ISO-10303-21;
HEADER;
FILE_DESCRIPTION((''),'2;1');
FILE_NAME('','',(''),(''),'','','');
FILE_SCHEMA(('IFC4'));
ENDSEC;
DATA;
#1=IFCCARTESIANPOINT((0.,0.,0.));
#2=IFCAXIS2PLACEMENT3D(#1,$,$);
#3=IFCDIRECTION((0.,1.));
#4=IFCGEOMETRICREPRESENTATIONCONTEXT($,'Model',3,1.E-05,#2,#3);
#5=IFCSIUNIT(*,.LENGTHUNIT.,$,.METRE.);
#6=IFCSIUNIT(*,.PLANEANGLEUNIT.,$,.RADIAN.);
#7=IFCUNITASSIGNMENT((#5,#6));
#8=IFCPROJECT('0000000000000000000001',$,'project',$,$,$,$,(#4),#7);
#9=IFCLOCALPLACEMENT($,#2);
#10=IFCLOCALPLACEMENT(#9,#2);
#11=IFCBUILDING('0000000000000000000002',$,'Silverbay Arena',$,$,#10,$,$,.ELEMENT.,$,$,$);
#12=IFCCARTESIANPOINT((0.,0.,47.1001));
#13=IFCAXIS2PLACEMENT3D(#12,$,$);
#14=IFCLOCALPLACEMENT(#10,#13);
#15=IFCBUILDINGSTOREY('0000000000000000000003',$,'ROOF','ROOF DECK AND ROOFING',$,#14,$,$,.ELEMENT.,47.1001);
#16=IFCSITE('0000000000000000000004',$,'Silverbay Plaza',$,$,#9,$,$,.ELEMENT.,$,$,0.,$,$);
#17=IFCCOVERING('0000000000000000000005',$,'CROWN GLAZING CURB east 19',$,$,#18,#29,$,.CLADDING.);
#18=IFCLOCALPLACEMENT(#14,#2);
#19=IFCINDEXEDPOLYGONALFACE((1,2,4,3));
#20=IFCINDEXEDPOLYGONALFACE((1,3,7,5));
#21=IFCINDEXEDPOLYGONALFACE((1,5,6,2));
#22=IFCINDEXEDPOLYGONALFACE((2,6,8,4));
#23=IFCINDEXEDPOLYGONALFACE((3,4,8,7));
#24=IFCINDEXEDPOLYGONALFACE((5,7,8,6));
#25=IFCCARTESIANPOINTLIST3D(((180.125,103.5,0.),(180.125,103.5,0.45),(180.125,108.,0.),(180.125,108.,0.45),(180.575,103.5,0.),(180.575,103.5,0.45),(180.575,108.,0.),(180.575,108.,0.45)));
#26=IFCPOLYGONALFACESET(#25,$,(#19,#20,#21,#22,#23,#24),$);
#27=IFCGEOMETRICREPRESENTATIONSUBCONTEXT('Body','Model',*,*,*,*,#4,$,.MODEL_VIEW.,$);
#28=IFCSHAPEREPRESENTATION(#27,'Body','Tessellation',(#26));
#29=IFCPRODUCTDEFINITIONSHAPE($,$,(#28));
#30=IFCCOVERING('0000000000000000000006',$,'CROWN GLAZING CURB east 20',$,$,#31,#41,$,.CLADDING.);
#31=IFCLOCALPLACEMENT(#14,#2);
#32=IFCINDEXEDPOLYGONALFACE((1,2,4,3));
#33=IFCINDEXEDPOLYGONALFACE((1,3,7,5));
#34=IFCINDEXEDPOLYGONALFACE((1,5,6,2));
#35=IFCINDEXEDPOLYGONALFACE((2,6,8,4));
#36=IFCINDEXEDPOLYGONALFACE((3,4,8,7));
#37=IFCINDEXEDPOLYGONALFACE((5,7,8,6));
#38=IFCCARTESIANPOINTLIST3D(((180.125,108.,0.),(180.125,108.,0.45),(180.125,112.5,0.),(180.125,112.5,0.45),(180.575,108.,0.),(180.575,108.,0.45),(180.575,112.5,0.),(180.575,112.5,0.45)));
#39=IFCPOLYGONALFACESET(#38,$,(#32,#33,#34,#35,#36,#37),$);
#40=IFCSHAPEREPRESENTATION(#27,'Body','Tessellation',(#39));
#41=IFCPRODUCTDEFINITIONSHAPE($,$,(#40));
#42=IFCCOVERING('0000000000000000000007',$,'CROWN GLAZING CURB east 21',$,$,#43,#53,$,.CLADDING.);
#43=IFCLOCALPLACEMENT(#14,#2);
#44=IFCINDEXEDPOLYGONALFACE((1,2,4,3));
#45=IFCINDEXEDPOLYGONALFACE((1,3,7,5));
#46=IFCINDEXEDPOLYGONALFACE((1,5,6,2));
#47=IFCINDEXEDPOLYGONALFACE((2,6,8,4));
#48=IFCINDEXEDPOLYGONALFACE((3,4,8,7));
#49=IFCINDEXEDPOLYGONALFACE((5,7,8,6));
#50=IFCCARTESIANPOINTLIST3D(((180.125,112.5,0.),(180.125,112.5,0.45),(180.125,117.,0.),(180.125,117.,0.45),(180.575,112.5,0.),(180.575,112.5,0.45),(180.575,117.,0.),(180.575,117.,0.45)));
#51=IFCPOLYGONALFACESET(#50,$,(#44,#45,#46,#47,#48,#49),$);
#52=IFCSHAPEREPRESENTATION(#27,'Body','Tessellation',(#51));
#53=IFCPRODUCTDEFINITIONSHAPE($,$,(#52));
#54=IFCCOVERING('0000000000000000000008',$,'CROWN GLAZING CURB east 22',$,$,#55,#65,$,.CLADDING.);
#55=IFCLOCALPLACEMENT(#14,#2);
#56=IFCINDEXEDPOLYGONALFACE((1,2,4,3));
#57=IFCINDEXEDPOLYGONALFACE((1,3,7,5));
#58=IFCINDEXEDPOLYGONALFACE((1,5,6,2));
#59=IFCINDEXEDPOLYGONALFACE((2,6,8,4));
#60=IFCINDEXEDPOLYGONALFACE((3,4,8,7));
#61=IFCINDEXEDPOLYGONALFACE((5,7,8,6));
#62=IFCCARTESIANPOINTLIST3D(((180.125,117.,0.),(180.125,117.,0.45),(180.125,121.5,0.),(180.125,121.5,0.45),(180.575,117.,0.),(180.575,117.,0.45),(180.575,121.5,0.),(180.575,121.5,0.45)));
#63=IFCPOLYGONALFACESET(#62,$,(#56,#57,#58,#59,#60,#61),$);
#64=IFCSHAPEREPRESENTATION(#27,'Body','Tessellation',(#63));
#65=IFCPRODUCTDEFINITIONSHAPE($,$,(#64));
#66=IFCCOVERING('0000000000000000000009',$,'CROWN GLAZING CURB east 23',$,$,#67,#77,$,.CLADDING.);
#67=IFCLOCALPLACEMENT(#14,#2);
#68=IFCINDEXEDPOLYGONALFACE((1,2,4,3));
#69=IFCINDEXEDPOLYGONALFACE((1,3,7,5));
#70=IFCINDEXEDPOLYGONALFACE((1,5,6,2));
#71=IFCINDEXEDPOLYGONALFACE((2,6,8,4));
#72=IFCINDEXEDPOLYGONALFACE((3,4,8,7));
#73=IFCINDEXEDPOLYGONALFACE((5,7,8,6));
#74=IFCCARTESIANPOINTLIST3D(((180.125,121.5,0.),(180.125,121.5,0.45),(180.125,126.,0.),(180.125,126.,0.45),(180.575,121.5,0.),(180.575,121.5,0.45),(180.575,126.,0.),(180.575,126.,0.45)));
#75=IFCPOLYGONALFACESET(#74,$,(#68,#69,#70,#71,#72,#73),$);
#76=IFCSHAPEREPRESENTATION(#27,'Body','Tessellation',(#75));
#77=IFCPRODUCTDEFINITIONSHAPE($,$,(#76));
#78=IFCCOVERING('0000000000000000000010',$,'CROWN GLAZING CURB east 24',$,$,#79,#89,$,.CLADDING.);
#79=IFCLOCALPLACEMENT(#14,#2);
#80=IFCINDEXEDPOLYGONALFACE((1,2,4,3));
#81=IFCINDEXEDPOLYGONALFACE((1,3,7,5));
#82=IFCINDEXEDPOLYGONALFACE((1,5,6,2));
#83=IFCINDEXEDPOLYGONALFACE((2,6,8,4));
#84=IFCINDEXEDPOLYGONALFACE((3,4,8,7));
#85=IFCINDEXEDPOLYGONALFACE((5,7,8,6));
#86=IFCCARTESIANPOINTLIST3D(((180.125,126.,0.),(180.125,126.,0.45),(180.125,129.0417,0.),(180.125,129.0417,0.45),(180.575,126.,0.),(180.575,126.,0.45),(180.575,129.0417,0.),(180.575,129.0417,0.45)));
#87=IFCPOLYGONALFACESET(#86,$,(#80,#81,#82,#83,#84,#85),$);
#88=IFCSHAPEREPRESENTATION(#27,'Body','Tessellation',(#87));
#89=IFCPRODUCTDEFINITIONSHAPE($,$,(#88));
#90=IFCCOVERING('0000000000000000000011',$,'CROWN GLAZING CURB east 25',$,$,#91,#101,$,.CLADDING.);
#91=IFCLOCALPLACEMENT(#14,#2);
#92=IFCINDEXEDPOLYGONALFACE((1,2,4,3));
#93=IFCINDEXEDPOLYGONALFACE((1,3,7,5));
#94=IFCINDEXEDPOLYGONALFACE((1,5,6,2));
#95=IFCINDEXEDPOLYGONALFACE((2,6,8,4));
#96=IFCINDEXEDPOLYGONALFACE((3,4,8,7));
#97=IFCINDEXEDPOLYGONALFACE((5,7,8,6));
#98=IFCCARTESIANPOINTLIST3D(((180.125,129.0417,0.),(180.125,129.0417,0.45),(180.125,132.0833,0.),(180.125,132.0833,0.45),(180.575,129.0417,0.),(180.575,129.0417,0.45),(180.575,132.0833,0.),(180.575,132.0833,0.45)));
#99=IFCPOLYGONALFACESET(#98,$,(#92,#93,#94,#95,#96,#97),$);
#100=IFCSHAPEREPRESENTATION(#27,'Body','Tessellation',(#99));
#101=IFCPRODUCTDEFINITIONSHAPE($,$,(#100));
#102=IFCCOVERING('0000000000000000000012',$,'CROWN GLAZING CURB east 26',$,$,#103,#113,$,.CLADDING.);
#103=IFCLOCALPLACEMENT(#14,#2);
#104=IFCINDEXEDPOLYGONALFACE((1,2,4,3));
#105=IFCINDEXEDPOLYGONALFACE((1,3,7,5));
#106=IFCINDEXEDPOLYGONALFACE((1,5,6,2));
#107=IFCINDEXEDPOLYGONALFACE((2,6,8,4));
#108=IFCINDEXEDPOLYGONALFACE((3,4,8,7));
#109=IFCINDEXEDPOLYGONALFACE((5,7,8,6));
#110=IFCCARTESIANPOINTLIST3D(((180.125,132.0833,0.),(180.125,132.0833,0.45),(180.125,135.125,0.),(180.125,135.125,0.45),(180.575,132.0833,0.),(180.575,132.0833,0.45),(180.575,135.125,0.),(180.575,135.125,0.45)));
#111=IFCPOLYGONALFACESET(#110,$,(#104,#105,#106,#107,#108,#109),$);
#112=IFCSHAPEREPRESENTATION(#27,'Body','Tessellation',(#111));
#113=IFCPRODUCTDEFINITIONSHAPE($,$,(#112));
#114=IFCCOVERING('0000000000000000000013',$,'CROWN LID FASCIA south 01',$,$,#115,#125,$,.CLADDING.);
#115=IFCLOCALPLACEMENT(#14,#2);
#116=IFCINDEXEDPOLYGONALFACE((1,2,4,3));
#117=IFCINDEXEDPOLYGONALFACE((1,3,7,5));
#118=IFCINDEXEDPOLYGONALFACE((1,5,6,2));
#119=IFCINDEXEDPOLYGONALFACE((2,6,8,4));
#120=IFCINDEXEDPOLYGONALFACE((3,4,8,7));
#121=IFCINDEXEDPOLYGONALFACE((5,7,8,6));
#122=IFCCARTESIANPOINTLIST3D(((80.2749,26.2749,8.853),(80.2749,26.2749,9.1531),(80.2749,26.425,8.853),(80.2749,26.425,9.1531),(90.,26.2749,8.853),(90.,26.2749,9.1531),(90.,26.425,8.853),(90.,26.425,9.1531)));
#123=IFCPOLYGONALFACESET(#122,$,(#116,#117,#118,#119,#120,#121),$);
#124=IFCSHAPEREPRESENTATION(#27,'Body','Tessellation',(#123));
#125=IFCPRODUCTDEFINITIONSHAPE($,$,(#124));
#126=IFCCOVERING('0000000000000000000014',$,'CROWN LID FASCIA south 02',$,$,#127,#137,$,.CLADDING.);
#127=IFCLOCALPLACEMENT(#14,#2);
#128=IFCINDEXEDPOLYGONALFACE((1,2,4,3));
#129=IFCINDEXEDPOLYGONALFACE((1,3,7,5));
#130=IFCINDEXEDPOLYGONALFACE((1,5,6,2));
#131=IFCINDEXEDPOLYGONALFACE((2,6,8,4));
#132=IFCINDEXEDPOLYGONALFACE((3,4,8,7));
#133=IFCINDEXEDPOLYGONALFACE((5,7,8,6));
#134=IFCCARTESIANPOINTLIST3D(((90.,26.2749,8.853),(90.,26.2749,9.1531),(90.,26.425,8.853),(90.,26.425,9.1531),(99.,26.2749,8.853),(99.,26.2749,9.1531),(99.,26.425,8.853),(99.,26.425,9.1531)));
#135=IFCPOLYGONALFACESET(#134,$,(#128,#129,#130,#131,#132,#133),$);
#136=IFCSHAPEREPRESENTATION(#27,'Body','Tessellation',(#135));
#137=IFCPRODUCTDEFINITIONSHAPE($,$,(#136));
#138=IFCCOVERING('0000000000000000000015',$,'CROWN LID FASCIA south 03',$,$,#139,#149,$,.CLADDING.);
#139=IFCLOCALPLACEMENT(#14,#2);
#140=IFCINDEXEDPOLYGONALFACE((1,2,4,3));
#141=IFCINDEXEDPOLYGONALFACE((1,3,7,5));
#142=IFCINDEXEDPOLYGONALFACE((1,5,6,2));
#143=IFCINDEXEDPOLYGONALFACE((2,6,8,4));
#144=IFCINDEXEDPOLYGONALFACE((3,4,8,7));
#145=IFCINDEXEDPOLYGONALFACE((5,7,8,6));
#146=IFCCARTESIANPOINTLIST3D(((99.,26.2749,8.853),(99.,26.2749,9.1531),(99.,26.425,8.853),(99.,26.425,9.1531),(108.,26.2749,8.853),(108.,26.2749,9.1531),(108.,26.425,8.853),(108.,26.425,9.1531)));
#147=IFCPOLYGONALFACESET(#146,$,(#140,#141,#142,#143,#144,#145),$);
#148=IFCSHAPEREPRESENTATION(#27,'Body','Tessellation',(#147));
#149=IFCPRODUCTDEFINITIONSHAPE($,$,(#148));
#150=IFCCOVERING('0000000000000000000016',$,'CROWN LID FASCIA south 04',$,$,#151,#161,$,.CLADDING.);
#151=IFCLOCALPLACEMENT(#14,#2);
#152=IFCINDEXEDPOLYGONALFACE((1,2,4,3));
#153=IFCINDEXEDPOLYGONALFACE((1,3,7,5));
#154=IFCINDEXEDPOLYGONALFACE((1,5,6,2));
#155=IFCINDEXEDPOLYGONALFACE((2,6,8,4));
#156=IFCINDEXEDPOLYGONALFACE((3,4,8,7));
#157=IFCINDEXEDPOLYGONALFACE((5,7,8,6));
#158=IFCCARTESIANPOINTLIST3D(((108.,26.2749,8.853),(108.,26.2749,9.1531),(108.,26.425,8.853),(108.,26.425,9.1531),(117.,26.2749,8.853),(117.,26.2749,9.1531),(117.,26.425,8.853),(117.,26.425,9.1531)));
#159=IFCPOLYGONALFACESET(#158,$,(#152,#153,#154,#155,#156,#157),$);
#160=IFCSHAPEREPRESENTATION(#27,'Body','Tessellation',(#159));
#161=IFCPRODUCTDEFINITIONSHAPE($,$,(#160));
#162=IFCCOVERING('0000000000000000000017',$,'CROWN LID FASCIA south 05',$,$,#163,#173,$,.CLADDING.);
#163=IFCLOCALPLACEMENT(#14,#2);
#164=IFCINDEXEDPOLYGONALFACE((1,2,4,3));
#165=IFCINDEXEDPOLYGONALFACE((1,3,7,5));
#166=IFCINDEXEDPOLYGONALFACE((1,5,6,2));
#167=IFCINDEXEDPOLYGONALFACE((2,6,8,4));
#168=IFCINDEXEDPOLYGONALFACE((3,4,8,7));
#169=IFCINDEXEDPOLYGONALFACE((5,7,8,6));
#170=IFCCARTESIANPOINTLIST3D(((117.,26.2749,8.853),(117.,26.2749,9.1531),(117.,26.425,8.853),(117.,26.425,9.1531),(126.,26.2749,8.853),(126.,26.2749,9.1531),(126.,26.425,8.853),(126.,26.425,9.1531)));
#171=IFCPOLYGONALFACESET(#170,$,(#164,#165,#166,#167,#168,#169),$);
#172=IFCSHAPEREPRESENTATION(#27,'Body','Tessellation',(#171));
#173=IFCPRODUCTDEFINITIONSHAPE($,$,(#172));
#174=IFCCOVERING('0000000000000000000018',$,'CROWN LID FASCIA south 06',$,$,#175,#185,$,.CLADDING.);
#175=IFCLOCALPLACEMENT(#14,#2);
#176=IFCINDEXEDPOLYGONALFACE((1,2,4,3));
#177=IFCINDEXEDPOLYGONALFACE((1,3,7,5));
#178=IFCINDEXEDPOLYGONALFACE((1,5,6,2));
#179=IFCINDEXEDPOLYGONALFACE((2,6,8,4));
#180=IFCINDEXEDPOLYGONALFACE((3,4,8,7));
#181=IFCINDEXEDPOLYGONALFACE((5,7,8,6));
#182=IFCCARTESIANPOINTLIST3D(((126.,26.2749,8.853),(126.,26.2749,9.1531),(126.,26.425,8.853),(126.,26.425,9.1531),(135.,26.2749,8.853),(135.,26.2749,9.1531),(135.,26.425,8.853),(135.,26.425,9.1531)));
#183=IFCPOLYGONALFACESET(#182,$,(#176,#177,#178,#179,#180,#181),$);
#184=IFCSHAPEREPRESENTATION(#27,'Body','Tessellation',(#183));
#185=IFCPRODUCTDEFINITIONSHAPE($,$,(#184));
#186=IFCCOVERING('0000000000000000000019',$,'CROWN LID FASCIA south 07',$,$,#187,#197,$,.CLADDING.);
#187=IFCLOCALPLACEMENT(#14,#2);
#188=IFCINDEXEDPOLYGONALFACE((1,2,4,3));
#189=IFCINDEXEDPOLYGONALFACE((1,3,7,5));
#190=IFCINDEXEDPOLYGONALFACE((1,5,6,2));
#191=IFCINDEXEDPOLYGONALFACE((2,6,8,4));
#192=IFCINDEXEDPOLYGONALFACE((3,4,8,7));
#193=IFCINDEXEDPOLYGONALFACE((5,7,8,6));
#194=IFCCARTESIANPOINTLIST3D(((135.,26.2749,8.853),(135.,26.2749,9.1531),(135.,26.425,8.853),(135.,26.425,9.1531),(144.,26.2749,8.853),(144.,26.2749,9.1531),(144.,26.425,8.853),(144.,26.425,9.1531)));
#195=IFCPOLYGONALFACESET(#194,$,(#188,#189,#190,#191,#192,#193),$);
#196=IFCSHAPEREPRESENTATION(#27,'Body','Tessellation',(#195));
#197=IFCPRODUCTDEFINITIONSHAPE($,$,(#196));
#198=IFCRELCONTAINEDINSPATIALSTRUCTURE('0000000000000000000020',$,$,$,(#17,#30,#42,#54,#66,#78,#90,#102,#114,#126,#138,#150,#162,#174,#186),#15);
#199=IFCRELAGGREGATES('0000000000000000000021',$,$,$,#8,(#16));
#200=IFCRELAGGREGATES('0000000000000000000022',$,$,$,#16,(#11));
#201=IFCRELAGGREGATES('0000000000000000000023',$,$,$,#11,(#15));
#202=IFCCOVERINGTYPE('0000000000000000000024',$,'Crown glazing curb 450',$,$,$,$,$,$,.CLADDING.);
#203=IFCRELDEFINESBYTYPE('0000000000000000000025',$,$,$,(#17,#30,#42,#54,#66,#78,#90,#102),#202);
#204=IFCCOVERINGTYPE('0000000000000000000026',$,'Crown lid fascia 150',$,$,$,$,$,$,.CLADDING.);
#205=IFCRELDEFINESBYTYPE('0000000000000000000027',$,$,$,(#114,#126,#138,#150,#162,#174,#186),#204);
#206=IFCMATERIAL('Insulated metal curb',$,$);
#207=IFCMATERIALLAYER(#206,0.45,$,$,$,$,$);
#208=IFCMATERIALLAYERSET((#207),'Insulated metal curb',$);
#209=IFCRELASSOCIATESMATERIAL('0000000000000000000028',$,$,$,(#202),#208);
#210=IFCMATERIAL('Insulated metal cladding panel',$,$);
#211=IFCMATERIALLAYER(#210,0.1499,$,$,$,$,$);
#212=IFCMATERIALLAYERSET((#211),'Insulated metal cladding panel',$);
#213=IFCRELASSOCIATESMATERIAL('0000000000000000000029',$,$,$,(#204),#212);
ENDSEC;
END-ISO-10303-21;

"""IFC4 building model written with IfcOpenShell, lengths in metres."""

from ifc_helpers import new_model, si_unit, direction, frame, origin, place, context, subcontext, project, spatial, polyline, outline, extrude, material, layer, layer_set, type_object, element, save


model = new_model("IFC4")

# Units and contexts
model_context = context("Model", 3, precision=1e-05, world=origin(), true_north=direction((0.0, 1.0)))
body_context = subcontext(model_context, "Body", "Model", "MODEL_VIEW")
ifc_project = project(units=[si_unit("LENGTHUNIT", "METRE"), si_unit("PLANEANGLEUNIT", "RADIAN")], contexts=[model_context])

# Site, building, storey
site_placement = place(None, origin())
site = spatial("IfcSite", under=ifc_project, at=site_placement, Name="Silverbay Plaza", CompositionType="ELEMENT", RefElevation=0.0)
building_placement = place(site_placement, origin())
building = spatial("IfcBuilding", under=site, at=building_placement, Name="Silverbay Arena", CompositionType="ELEMENT")
storey_placement = place(building_placement, frame((0.0, 0.0, 47.1001)))
storey = spatial("IfcBuildingStorey", under=building, at=storey_placement, Name="ROOF", Description="ROOF DECK AND ROOFING", CompositionType="ELEMENT", Elevation=47.1001)

# Coverings
ifc_material_1 = material(Name="Insulated metal curb")
ifc_layer_1 = layer(ifc_material_1, 0.45)
ifc_layer_set_1 = layer_set([ifc_layer_1], Name="Insulated metal curb")
covering_type_1 = type_object("IfcCoveringType", Name="Crown glazing curb 450", PredefinedType="CLADDING", material=ifc_layer_set_1)
covering_1_placement = place(storey_placement, origin())
element("IfcCovering", 1, at=covering_1_placement, inside=storey, type_object=covering_type_1, Name="CROWN GLAZING CURB east 19", PredefinedType="CLADDING", context=body_context, shape_type="SweptSolid", body=[
    extrude(outline(polyline([(180.125, 103.5), (180.575, 103.5), (180.575, 108.0), (180.125, 108.0), (180.125, 103.5)])), origin(), (0.0, 0.0, 1.0), 0.45),
])
covering_2_placement = place(storey_placement, origin())
element("IfcCovering", 2, at=covering_2_placement, inside=storey, type_object=covering_type_1, Name="CROWN GLAZING CURB east 20", PredefinedType="CLADDING", context=body_context, shape_type="SweptSolid", body=[
    extrude(outline(polyline([(180.125, 108.0), (180.575, 108.0), (180.575, 112.5), (180.125, 112.5), (180.125, 108.0)])), origin(), (0.0, 0.0, 1.0), 0.45),
])
covering_3_placement = place(storey_placement, origin())
element("IfcCovering", 3, at=covering_3_placement, inside=storey, type_object=covering_type_1, Name="CROWN GLAZING CURB east 21", PredefinedType="CLADDING", context=body_context, shape_type="SweptSolid", body=[
    extrude(outline(polyline([(180.125, 112.5), (180.575, 112.5), (180.575, 117.0), (180.125, 117.0), (180.125, 112.5)])), origin(), (0.0, 0.0, 1.0), 0.45),
])
covering_4_placement = place(storey_placement, origin())
element("IfcCovering", 4, at=covering_4_placement, inside=storey, type_object=covering_type_1, Name="CROWN GLAZING CURB east 22", PredefinedType="CLADDING", context=body_context, shape_type="SweptSolid", body=[
    extrude(outline(polyline([(180.125, 117.0), (180.575, 117.0), (180.575, 121.5), (180.125, 121.5), (180.125, 117.0)])), origin(), (0.0, 0.0, 1.0), 0.45),
])
covering_5_placement = place(storey_placement, origin())
element("IfcCovering", 5, at=covering_5_placement, inside=storey, type_object=covering_type_1, Name="CROWN GLAZING CURB east 23", PredefinedType="CLADDING", context=body_context, shape_type="SweptSolid", body=[
    extrude(outline(polyline([(180.125, 121.5), (180.575, 121.5), (180.575, 126.0), (180.125, 126.0), (180.125, 121.5)])), origin(), (0.0, 0.0, 1.0), 0.45),
])
covering_6_placement = place(storey_placement, origin())
element("IfcCovering", 6, at=covering_6_placement, inside=storey, type_object=covering_type_1, Name="CROWN GLAZING CURB east 24", PredefinedType="CLADDING", context=body_context, shape_type="SweptSolid", body=[
    extrude(outline(polyline([(180.125, 126.0), (180.575, 126.0), (180.575, 129.0417), (180.125, 129.0417), (180.125, 126.0)])), origin(), (0.0, 0.0, 1.0), 0.45),
])
covering_7_placement = place(storey_placement, origin())
element("IfcCovering", 7, at=covering_7_placement, inside=storey, type_object=covering_type_1, Name="CROWN GLAZING CURB east 25", PredefinedType="CLADDING", context=body_context, shape_type="SweptSolid", body=[
    extrude(outline(polyline([(180.125, 129.0417), (180.575, 129.0417), (180.575, 132.0833), (180.125, 132.0833), (180.125, 129.0417)])), origin(), (0.0, 0.0, 1.0), 0.45),
])
covering_8_placement = place(storey_placement, origin())
element("IfcCovering", 8, at=covering_8_placement, inside=storey, type_object=covering_type_1, Name="CROWN GLAZING CURB east 26", PredefinedType="CLADDING", context=body_context, shape_type="SweptSolid", body=[
    extrude(outline(polyline([(180.125, 132.0833), (180.575, 132.0833), (180.575, 135.125), (180.125, 135.125), (180.125, 132.0833)])), origin(), (0.0, 0.0, 1.0), 0.45),
])
ifc_material_2 = material(Name="Insulated metal cladding panel")
ifc_layer_2 = layer(ifc_material_2, 0.1499)
ifc_layer_set_2 = layer_set([ifc_layer_2], Name="Insulated metal cladding panel")
covering_type_2 = type_object("IfcCoveringType", Name="Crown lid fascia 150", PredefinedType="CLADDING", material=ifc_layer_set_2)
covering_9_placement = place(storey_placement, frame((0.0, 0.0, 8.853)))
element("IfcCovering", 9, at=covering_9_placement, inside=storey, type_object=covering_type_2, Name="CROWN LID FASCIA south 01", PredefinedType="CLADDING", context=body_context, shape_type="SweptSolid", body=[
    extrude(outline(polyline([(80.2749, 26.2749), (90.0, 26.2749), (90.0, 26.425), (80.2749, 26.425), (80.2749, 26.2749)])), origin(), (0.0, 0.0, 1.0), 0.3),
])
covering_10_placement = place(storey_placement, frame((0.0, 0.0, 8.853)))
element("IfcCovering", 10, at=covering_10_placement, inside=storey, type_object=covering_type_2, Name="CROWN LID FASCIA south 02", PredefinedType="CLADDING", context=body_context, shape_type="SweptSolid", body=[
    extrude(outline(polyline([(90.0, 26.2749), (99.0, 26.2749), (99.0, 26.425), (90.0, 26.425), (90.0, 26.2749)])), origin(), (0.0, 0.0, 1.0), 0.3),
])
covering_11_placement = place(storey_placement, frame((0.0, 0.0, 8.853)))
element("IfcCovering", 11, at=covering_11_placement, inside=storey, type_object=covering_type_2, Name="CROWN LID FASCIA south 03", PredefinedType="CLADDING", context=body_context, shape_type="SweptSolid", body=[
    extrude(outline(polyline([(99.0, 26.2749), (108.0, 26.2749), (108.0, 26.425), (99.0, 26.425), (99.0, 26.2749)])), origin(), (0.0, 0.0, 1.0), 0.3),
])
covering_12_placement = place(storey_placement, frame((0.0, 0.0, 8.853)))
element("IfcCovering", 12, at=covering_12_placement, inside=storey, type_object=covering_type_2, Name="CROWN LID FASCIA south 04", PredefinedType="CLADDING", context=body_context, shape_type="SweptSolid", body=[
    extrude(outline(polyline([(108.0, 26.2749), (117.0, 26.2749), (117.0, 26.425), (108.0, 26.425), (108.0, 26.2749)])), origin(), (0.0, 0.0, 1.0), 0.3),
])
covering_13_placement = place(storey_placement, frame((0.0, 0.0, 8.853)))
element("IfcCovering", 13, at=covering_13_placement, inside=storey, type_object=covering_type_2, Name="CROWN LID FASCIA south 05", PredefinedType="CLADDING", context=body_context, shape_type="SweptSolid", body=[
    extrude(outline(polyline([(117.0, 26.2749), (126.0, 26.2749), (126.0, 26.425), (117.0, 26.425), (117.0, 26.2749)])), origin(), (0.0, 0.0, 1.0), 0.3),
])
covering_14_placement = place(storey_placement, frame((0.0, 0.0, 8.853)))
element("IfcCovering", 14, at=covering_14_placement, inside=storey, type_object=covering_type_2, Name="CROWN LID FASCIA south 06", PredefinedType="CLADDING", context=body_context, shape_type="SweptSolid", body=[
    extrude(outline(polyline([(126.0, 26.2749), (135.0, 26.2749), (135.0, 26.425), (126.0, 26.425), (126.0, 26.2749)])), origin(), (0.0, 0.0, 1.0), 0.3),
])
covering_15_placement = place(storey_placement, frame((0.0, 0.0, 8.853)))
element("IfcCovering", 15, at=covering_15_placement, inside=storey, type_object=covering_type_2, Name="CROWN LID FASCIA south 07", PredefinedType="CLADDING", context=body_context, shape_type="SweptSolid", body=[
    extrude(outline(polyline([(135.0, 26.2749), (144.0, 26.2749), (144.0, 26.425), (135.0, 26.425), (135.0, 26.2749)])), origin(), (0.0, 0.0, 1.0), 0.3),
])

save(model, "model.ifc")
